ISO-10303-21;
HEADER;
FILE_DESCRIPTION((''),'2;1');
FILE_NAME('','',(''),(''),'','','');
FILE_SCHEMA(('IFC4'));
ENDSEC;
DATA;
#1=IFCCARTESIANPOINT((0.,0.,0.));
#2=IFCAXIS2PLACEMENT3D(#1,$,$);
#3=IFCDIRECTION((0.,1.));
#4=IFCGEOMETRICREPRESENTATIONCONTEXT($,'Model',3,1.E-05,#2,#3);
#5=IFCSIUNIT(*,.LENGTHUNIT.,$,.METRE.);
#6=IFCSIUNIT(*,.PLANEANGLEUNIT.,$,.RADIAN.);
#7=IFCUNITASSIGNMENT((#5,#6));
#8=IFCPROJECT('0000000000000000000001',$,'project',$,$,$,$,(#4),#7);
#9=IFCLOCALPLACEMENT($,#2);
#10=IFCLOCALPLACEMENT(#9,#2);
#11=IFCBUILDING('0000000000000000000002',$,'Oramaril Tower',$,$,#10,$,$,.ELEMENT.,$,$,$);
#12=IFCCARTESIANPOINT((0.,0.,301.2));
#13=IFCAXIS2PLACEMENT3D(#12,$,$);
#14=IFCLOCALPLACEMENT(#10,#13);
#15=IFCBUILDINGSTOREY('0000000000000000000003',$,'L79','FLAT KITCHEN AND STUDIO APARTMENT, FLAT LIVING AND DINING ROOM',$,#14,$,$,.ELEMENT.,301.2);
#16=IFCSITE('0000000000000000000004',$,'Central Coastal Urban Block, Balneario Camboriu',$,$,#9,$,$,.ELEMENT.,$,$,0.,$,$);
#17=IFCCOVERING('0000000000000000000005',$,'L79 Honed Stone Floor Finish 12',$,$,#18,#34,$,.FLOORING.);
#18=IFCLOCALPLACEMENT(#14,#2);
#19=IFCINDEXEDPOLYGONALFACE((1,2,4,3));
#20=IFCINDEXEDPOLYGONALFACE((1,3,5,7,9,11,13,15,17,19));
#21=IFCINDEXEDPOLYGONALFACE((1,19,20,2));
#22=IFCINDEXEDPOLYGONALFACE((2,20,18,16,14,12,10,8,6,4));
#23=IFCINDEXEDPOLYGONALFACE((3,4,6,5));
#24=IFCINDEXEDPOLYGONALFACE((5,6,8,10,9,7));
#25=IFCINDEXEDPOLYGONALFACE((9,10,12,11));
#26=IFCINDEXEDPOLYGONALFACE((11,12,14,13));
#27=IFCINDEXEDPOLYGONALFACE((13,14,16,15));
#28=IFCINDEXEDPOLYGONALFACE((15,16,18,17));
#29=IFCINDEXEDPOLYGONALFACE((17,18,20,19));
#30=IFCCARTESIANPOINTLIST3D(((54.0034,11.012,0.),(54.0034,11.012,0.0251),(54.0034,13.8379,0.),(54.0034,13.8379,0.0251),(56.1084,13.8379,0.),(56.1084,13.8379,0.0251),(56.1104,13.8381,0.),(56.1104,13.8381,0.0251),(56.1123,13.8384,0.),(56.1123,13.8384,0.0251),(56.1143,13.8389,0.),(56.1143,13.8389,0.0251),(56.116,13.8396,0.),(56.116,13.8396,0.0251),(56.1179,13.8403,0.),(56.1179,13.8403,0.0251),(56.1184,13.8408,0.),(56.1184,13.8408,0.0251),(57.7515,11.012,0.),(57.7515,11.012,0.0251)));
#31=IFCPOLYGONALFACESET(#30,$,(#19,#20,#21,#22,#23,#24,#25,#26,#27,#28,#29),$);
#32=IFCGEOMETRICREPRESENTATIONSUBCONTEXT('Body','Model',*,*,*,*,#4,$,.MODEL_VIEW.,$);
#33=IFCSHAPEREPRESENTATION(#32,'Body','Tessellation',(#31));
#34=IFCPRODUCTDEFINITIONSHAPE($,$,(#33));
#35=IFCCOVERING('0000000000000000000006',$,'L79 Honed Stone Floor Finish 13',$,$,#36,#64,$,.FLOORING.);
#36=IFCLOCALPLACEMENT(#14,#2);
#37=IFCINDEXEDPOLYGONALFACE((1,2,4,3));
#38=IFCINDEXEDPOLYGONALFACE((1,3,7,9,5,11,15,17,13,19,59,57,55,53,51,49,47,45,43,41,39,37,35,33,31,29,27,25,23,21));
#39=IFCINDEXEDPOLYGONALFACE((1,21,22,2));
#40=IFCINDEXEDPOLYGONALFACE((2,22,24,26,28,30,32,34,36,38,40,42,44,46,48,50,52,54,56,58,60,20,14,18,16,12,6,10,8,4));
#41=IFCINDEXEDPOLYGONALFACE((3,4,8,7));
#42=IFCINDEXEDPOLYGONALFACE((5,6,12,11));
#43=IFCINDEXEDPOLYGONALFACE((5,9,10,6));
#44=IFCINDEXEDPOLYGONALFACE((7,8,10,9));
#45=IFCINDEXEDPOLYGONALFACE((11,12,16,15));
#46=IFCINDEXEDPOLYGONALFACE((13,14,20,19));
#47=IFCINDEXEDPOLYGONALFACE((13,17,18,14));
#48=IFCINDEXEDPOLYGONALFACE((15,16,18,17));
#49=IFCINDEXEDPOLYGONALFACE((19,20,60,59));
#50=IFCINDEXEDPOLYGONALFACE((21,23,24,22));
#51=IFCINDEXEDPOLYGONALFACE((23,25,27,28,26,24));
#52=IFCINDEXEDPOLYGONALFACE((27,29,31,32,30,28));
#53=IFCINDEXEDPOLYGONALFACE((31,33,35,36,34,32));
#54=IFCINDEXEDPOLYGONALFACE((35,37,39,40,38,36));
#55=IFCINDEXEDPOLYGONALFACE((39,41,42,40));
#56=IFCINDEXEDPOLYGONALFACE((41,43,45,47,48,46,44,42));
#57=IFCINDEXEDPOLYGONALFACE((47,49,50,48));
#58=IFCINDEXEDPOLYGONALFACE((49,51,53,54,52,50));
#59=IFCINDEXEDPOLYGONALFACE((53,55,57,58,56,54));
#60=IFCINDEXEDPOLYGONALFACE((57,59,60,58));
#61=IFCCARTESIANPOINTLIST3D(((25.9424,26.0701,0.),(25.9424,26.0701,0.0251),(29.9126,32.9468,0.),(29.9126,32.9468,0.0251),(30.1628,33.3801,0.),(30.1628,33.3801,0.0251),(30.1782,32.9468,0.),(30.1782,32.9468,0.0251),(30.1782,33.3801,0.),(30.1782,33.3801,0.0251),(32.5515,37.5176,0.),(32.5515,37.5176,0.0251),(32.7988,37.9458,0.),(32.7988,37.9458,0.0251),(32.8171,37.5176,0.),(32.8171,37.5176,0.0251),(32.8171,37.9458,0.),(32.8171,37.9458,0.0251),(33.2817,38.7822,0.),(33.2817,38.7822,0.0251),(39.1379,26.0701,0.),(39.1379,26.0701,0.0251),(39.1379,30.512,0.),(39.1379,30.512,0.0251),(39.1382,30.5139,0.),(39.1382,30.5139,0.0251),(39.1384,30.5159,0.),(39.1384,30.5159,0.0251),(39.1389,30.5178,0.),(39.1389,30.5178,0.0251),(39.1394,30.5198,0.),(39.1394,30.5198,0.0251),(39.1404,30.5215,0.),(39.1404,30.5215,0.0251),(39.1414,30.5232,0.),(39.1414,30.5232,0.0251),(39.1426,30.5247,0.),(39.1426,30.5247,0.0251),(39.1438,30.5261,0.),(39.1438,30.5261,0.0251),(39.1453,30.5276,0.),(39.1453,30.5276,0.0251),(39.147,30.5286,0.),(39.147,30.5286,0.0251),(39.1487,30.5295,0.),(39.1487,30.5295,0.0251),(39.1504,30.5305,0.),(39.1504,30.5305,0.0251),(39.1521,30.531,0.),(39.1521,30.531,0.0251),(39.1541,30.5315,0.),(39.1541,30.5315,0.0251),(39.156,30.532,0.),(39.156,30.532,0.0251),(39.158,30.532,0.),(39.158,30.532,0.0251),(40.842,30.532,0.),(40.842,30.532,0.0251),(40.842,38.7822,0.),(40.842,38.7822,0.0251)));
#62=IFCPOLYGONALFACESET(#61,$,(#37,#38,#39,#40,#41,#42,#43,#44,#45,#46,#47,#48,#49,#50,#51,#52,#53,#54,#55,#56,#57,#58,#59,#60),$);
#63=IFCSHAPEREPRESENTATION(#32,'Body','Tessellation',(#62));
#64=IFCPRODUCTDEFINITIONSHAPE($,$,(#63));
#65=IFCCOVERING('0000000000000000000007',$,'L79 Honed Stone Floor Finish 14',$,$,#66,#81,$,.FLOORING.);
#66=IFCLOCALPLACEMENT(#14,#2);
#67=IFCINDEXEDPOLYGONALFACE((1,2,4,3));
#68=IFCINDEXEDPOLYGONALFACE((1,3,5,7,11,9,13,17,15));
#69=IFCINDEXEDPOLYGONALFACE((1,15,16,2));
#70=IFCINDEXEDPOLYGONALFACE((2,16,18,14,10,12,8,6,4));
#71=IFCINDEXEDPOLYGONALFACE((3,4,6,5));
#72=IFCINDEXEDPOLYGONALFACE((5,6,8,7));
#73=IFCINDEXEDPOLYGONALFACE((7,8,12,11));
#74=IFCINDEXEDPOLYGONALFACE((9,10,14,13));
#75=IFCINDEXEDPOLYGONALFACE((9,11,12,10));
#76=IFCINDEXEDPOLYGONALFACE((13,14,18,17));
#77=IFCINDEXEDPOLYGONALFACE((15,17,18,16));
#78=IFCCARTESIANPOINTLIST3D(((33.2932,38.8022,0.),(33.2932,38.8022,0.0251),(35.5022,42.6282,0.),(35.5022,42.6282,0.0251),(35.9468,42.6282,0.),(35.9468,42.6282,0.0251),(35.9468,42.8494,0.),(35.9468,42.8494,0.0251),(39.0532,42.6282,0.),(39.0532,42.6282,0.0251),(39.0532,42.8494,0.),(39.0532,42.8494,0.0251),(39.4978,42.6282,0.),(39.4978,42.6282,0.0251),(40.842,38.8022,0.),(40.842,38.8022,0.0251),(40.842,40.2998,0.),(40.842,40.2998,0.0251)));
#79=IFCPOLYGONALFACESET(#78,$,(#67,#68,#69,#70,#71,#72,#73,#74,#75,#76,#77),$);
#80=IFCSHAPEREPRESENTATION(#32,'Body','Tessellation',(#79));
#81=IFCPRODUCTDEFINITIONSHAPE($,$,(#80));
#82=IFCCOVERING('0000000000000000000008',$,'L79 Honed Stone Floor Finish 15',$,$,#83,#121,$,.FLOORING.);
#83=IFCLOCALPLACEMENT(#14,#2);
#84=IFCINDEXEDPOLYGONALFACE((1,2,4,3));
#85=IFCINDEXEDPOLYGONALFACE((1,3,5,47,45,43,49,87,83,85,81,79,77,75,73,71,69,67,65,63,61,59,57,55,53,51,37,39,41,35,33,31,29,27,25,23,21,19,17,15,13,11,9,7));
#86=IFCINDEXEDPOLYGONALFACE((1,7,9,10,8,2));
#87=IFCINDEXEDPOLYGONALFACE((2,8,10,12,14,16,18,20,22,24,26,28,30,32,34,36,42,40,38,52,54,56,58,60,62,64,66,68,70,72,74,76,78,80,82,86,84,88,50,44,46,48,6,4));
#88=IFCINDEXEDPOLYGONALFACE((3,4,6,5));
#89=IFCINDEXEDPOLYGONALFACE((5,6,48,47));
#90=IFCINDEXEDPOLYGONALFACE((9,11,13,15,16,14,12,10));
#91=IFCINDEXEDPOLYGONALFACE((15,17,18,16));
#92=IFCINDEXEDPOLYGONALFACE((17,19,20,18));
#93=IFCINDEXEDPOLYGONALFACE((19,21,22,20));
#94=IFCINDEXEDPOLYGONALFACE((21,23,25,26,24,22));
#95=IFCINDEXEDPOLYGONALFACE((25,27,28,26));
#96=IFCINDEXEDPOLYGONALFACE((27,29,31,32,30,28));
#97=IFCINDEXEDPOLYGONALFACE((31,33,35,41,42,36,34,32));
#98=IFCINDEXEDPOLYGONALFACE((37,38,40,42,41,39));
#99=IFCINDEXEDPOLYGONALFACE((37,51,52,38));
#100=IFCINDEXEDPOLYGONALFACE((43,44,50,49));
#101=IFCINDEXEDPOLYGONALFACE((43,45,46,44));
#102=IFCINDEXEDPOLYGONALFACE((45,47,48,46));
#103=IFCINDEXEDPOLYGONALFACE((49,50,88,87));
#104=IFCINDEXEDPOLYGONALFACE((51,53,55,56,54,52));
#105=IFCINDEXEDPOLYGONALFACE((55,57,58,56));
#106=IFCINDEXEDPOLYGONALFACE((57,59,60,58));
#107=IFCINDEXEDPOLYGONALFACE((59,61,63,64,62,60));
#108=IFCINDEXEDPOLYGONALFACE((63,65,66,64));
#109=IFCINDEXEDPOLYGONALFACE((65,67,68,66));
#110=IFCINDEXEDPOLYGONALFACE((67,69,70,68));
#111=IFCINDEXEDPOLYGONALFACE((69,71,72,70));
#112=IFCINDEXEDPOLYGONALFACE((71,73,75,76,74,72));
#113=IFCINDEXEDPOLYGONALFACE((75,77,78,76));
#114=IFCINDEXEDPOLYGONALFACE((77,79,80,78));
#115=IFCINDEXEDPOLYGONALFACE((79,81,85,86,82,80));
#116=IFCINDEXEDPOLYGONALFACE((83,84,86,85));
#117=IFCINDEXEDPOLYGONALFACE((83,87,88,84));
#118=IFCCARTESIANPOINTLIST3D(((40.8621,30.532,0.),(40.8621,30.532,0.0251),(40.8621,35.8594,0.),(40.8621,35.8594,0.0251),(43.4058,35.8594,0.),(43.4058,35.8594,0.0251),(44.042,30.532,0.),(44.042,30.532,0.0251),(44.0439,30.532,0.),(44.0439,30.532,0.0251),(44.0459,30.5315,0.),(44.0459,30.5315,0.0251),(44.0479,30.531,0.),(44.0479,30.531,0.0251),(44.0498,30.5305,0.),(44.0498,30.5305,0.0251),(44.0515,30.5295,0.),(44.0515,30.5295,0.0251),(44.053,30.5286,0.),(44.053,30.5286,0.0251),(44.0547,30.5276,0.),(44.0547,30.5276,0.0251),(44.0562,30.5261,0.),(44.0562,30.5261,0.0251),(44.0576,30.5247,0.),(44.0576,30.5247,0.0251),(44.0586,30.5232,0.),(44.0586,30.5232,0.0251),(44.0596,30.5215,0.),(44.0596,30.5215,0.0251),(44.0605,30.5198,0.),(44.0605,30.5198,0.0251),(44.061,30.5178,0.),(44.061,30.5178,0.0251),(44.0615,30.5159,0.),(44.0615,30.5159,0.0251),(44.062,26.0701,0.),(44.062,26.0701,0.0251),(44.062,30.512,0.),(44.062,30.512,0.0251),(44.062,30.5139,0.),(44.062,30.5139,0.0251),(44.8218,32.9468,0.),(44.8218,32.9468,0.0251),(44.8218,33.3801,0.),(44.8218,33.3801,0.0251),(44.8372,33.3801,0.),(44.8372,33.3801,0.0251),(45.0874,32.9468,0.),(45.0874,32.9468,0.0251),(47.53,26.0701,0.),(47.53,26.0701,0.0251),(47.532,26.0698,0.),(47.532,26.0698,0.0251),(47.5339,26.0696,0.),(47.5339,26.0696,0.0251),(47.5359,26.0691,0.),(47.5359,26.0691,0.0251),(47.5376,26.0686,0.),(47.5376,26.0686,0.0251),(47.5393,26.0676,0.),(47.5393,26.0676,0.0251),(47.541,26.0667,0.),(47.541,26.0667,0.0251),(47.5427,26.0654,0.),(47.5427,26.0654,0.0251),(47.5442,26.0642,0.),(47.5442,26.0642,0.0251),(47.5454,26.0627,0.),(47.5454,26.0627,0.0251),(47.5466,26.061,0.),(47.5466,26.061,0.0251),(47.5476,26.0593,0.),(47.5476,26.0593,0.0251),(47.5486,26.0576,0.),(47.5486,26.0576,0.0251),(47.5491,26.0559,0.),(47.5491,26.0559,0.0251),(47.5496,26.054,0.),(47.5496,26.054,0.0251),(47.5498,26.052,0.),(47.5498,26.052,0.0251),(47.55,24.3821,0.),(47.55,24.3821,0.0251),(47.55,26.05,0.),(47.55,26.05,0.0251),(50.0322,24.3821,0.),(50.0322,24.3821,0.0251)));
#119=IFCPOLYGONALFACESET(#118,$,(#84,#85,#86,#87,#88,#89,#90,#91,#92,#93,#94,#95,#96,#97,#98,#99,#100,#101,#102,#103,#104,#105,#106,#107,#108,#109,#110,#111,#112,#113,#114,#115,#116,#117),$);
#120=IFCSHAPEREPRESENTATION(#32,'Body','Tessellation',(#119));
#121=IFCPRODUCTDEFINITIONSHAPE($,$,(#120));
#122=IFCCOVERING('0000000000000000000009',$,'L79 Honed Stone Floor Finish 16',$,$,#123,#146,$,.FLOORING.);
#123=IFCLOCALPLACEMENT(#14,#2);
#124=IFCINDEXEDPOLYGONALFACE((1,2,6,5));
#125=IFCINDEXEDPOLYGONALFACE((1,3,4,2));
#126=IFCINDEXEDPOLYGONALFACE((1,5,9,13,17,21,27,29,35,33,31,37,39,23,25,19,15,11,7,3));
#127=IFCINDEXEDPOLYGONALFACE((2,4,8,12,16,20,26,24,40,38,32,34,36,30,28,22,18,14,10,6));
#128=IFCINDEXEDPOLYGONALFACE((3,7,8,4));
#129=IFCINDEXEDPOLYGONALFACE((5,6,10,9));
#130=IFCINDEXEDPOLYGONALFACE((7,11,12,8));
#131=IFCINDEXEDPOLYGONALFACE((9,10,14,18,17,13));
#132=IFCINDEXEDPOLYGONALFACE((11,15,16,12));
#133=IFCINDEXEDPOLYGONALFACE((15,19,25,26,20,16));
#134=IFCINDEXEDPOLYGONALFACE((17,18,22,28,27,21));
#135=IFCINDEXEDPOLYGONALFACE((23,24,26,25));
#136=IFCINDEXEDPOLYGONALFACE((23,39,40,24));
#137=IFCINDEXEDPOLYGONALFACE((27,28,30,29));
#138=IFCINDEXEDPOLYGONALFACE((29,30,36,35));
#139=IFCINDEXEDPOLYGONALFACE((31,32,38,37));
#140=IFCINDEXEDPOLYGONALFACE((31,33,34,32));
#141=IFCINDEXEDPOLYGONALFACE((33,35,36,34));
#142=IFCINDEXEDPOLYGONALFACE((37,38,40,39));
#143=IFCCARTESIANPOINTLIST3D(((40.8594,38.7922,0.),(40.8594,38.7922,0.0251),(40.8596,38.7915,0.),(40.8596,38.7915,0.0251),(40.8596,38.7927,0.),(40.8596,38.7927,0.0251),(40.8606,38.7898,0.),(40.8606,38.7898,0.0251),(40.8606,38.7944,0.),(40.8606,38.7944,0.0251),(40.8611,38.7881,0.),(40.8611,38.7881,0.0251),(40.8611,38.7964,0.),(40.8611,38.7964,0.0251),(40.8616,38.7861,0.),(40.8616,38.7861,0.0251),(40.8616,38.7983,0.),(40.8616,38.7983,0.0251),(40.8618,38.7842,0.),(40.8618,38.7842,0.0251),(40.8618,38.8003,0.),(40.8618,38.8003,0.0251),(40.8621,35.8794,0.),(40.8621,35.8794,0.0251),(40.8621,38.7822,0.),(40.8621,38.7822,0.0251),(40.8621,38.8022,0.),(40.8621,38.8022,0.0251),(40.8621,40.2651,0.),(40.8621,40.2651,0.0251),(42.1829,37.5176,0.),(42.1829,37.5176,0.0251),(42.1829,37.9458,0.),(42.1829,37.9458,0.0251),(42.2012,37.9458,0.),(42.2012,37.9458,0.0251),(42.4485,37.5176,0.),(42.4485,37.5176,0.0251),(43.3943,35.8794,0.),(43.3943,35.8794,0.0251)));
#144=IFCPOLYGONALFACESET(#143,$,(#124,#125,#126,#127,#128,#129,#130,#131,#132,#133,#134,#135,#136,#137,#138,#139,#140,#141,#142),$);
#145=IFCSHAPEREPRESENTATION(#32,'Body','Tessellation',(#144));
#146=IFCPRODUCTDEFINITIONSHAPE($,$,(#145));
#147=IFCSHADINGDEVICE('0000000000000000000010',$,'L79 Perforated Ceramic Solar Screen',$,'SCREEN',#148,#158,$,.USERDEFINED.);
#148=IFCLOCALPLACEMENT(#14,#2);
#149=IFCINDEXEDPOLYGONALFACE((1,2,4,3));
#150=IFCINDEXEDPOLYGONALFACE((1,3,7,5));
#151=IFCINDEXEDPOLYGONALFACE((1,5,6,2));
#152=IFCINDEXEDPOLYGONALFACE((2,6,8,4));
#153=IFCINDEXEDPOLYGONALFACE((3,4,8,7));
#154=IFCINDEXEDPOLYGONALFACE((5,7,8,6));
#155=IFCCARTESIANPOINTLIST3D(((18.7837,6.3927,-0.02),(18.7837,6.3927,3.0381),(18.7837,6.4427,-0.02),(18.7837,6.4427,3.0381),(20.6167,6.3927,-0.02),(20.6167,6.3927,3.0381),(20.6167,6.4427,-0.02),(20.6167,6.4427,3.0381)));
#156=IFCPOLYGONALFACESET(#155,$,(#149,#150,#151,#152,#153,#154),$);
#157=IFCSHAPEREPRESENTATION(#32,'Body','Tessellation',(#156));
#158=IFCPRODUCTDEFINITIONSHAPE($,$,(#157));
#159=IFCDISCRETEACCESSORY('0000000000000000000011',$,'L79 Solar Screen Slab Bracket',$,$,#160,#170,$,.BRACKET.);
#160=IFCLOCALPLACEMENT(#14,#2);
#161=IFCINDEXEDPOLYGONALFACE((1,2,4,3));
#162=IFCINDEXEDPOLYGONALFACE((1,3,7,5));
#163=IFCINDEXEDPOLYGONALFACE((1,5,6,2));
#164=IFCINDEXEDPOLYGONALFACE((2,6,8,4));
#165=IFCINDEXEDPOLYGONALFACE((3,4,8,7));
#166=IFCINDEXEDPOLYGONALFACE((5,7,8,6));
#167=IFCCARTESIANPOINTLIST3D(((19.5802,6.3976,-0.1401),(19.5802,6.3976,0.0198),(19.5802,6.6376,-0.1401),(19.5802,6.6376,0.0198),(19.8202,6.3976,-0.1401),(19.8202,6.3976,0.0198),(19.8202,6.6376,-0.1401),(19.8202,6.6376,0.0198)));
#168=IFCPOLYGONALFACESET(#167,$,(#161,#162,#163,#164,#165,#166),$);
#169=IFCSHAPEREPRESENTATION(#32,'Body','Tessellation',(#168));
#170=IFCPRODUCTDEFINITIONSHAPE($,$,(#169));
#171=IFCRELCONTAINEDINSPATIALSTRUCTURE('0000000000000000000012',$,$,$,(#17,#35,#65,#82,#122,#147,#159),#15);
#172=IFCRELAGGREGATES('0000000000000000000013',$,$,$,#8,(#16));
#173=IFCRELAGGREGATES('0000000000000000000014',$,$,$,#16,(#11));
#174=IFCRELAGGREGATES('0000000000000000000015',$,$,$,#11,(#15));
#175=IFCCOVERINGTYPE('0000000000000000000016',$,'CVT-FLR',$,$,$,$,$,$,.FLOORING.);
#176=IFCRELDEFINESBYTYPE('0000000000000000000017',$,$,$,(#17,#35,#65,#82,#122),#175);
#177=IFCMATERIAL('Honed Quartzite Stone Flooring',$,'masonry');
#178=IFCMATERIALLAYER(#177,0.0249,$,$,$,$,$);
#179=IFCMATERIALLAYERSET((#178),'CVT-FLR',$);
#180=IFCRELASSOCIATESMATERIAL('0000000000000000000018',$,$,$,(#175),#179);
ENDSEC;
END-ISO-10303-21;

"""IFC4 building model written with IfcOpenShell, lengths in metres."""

from ifc_helpers import new_model, si_unit, direction, frame, origin, origin_2d, place, context, subcontext, project, spatial, polyline, rectangle, outline, extrude, material, layer, layer_set, type_object, element, save


model = new_model("IFC4")

# Units and contexts
model_context = context("Model", 3, precision=1e-05, world=origin(), true_north=direction((0.0, 1.0)))
body_context = subcontext(model_context, "Body", "Model", "MODEL_VIEW")
ifc_project = project(units=[si_unit("LENGTHUNIT", "METRE"), si_unit("PLANEANGLEUNIT", "RADIAN")], contexts=[model_context])

# Site, building, storey
site_placement = place(None, origin())
site = spatial("IfcSite", under=ifc_project, at=site_placement, Name="Central Coastal Urban Block, Balneario Camboriu", CompositionType="ELEMENT", RefElevation=0.0)
building_placement = place(site_placement, origin())
building = spatial("IfcBuilding", under=site, at=building_placement, Name="Oramaril Tower", CompositionType="ELEMENT")
storey_placement = place(building_placement, frame((0.0, 0.0, 301.2)))
storey = spatial("IfcBuildingStorey", under=building, at=storey_placement, Name="L79", Description="FLAT KITCHEN AND STUDIO APARTMENT, FLAT LIVING AND DINING ROOM", CompositionType="ELEMENT", Elevation=301.2)

# Coverings
ifc_material_1 = material(Name="Honed Quartzite Stone Flooring", Category="masonry")
ifc_layer_1 = layer(ifc_material_1, 0.0249)
ifc_layer_set_1 = layer_set([ifc_layer_1], Name="CVT-FLR")
covering_type_1 = type_object("IfcCoveringType", Name="CVT-FLR", PredefinedType="FLOORING", material=ifc_layer_set_1)
covering_1_placement = place(storey_placement, origin())
element("IfcCovering", 1, at=covering_1_placement, inside=storey, type_object=covering_type_1, Name="L79 Honed Stone Floor Finish 12", PredefinedType="FLOORING", context=body_context, shape_type="SweptSolid", body=[
    extrude(outline(polyline([(57.7515, 11.012), (54.0034, 11.012), (54.0034, 13.8379), (56.1084, 13.8379), (56.1104, 13.8381), (56.1123, 13.8384), (56.1143, 13.8389), (56.116, 13.8396), (56.1179, 13.8403), (56.1184, 13.8408), (57.7515, 11.012)])), origin(), (0.0, 0.0, 1.0), 0.0251),
])
covering_2_placement = place(storey_placement, origin())
element("IfcCovering", 2, at=covering_2_placement, inside=storey, type_object=covering_type_1, Name="L79 Honed Stone Floor Finish 13", PredefinedType="FLOORING", context=body_context, shape_type="SweptSolid", body=[
    extrude(outline(polyline([(29.9126, 32.9468), (30.1782, 32.9468), (30.1782, 33.3801), (30.1628, 33.3801), (32.5515, 37.5176), (32.8171, 37.5176), (32.8171, 37.9458), (32.7988, 37.9458), (33.2817, 38.7822), (40.842, 38.7822), (40.842, 30.532), (39.158, 30.532), (39.156, 30.532), (39.1541, 30.5315), (39.1521, 30.531), (39.1504, 30.5305), (39.1487, 30.5295), (39.147, 30.5286), (39.1453, 30.5276), (39.1438, 30.5261), (39.1426, 30.5247), (39.1414, 30.5232), (39.1404, 30.5215), (39.1394, 30.5198), (39.1389, 30.5178), (39.1384, 30.5159), (39.1382, 30.5139), (39.1379, 30.512), (39.1379, 26.0701), (25.9424, 26.0701), (29.9126, 32.9468)])), origin(), (0.0, 0.0, 1.0), 0.0251),
])
covering_3_placement = place(storey_placement, origin())
element("IfcCovering", 3, at=covering_3_placement, inside=storey, type_object=covering_type_1, Name="L79 Honed Stone Floor Finish 14", PredefinedType="FLOORING", context=body_context, shape_type="SweptSolid", body=[
    extrude(outline(polyline([(39.0532, 42.6282), (39.4978, 42.6282), (40.842, 40.2998), (40.842, 38.8022), (33.2932, 38.8022), (35.5022, 42.6282), (35.9468, 42.6282), (35.9468, 42.8494), (39.0532, 42.8494), (39.0532, 42.6282)])), origin(), (0.0, 0.0, 1.0), 0.0251),
])
covering_4_placement = place(storey_placement, origin())
element("IfcCovering", 4, at=covering_4_placement, inside=storey, type_object=covering_type_1, Name="L79 Honed Stone Floor Finish 15", PredefinedType="FLOORING", context=body_context, shape_type="SweptSolid", body=[
    extrude(outline(polyline([(43.4058, 35.8594), (44.8372, 33.3801), (44.8218, 33.3801), (44.8218, 32.9468), (45.0874, 32.9468), (50.0322, 24.3821), (47.55, 24.3821), (47.55, 26.05), (47.5498, 26.052), (47.5496, 26.054), (47.5491, 26.0559), (47.5486, 26.0576), (47.5476, 26.0593), (47.5466, 26.061), (47.5454, 26.0627), (47.5442, 26.0642), (47.5427, 26.0654), (47.541, 26.0667), (47.5393, 26.0676), (47.5376, 26.0686), (47.5359, 26.0691), (47.5339, 26.0696), (47.532, 26.0698), (47.53, 26.0701), (44.062, 26.0701), (44.062, 30.512), (44.062, 30.5139), (44.0615, 30.5159), (44.061, 30.5178), (44.0605, 30.5198), (44.0596, 30.5215), (44.0586, 30.5232), (44.0576, 30.5247), (44.0562, 30.5261), (44.0547, 30.5276), (44.053, 30.5286), (44.0515, 30.5295), (44.0498, 30.5305), (44.0479, 30.531), (44.0459, 30.5315), (44.0439, 30.532), (44.042, 30.532), (40.8621, 30.532), (40.8621, 35.8594), (43.4058, 35.8594)])), origin(), (0.0, 0.0, 1.0), 0.0251),
])
covering_5_placement = place(storey_placement, origin())
element("IfcCovering", 5, at=covering_5_placement, inside=storey, type_object=covering_type_1, Name="L79 Honed Stone Floor Finish 16", PredefinedType="FLOORING", context=body_context, shape_type="SweptSolid", body=[
    extrude(outline(polyline([(42.1829, 37.9458), (42.1829, 37.5176), (42.4485, 37.5176), (43.3943, 35.8794), (40.8621, 35.8794), (40.8621, 38.7822), (40.8618, 38.7842), (40.8616, 38.7861), (40.8611, 38.7881), (40.8606, 38.7898), (40.8596, 38.7915), (40.8594, 38.7922), (40.8596, 38.7927), (40.8606, 38.7944), (40.8611, 38.7964), (40.8616, 38.7983), (40.8618, 38.8003), (40.8621, 38.8022), (40.8621, 40.2651), (42.2012, 37.9458), (42.1829, 37.9458)])), origin(), (0.0, 0.0, 1.0), 0.0251),
])

# Shading device
shading_device_placement = place(storey_placement, frame((19.7002, 6.4177, -0.02), z_axis=(0.0, 0.0, 1.0), x_axis=(1.0, 0.0, 0.0)))
element("IfcShadingDevice", 6, at=shading_device_placement, inside=storey, Name="L79 Perforated Ceramic Solar Screen", ObjectType="SCREEN", PredefinedType="USERDEFINED", context=body_context, shape_type="SweptSolid", body=[
    extrude(rectangle(XDim=1.833, YDim=0.05, at=origin_2d()), origin(), (0.0, 0.0, 1.0), 3.0581),
])

# Discrete accessory
discrete_accessory_placement = place(storey_placement, frame((19.7002, 6.5176, -0.1401), z_axis=(0.0, 0.0, 1.0), x_axis=(1.0, 0.0, 0.0)))
element("IfcDiscreteAccessory", 7, at=discrete_accessory_placement, inside=storey, Name="L79 Solar Screen Slab Bracket", PredefinedType="BRACKET", context=body_context, shape_type="SweptSolid", body=[
    extrude(rectangle(XDim=0.24, YDim=0.24, at=origin_2d()), origin(), (0.0, 0.0, 1.0), 0.1599),
])

save(model, "model.ifc")
